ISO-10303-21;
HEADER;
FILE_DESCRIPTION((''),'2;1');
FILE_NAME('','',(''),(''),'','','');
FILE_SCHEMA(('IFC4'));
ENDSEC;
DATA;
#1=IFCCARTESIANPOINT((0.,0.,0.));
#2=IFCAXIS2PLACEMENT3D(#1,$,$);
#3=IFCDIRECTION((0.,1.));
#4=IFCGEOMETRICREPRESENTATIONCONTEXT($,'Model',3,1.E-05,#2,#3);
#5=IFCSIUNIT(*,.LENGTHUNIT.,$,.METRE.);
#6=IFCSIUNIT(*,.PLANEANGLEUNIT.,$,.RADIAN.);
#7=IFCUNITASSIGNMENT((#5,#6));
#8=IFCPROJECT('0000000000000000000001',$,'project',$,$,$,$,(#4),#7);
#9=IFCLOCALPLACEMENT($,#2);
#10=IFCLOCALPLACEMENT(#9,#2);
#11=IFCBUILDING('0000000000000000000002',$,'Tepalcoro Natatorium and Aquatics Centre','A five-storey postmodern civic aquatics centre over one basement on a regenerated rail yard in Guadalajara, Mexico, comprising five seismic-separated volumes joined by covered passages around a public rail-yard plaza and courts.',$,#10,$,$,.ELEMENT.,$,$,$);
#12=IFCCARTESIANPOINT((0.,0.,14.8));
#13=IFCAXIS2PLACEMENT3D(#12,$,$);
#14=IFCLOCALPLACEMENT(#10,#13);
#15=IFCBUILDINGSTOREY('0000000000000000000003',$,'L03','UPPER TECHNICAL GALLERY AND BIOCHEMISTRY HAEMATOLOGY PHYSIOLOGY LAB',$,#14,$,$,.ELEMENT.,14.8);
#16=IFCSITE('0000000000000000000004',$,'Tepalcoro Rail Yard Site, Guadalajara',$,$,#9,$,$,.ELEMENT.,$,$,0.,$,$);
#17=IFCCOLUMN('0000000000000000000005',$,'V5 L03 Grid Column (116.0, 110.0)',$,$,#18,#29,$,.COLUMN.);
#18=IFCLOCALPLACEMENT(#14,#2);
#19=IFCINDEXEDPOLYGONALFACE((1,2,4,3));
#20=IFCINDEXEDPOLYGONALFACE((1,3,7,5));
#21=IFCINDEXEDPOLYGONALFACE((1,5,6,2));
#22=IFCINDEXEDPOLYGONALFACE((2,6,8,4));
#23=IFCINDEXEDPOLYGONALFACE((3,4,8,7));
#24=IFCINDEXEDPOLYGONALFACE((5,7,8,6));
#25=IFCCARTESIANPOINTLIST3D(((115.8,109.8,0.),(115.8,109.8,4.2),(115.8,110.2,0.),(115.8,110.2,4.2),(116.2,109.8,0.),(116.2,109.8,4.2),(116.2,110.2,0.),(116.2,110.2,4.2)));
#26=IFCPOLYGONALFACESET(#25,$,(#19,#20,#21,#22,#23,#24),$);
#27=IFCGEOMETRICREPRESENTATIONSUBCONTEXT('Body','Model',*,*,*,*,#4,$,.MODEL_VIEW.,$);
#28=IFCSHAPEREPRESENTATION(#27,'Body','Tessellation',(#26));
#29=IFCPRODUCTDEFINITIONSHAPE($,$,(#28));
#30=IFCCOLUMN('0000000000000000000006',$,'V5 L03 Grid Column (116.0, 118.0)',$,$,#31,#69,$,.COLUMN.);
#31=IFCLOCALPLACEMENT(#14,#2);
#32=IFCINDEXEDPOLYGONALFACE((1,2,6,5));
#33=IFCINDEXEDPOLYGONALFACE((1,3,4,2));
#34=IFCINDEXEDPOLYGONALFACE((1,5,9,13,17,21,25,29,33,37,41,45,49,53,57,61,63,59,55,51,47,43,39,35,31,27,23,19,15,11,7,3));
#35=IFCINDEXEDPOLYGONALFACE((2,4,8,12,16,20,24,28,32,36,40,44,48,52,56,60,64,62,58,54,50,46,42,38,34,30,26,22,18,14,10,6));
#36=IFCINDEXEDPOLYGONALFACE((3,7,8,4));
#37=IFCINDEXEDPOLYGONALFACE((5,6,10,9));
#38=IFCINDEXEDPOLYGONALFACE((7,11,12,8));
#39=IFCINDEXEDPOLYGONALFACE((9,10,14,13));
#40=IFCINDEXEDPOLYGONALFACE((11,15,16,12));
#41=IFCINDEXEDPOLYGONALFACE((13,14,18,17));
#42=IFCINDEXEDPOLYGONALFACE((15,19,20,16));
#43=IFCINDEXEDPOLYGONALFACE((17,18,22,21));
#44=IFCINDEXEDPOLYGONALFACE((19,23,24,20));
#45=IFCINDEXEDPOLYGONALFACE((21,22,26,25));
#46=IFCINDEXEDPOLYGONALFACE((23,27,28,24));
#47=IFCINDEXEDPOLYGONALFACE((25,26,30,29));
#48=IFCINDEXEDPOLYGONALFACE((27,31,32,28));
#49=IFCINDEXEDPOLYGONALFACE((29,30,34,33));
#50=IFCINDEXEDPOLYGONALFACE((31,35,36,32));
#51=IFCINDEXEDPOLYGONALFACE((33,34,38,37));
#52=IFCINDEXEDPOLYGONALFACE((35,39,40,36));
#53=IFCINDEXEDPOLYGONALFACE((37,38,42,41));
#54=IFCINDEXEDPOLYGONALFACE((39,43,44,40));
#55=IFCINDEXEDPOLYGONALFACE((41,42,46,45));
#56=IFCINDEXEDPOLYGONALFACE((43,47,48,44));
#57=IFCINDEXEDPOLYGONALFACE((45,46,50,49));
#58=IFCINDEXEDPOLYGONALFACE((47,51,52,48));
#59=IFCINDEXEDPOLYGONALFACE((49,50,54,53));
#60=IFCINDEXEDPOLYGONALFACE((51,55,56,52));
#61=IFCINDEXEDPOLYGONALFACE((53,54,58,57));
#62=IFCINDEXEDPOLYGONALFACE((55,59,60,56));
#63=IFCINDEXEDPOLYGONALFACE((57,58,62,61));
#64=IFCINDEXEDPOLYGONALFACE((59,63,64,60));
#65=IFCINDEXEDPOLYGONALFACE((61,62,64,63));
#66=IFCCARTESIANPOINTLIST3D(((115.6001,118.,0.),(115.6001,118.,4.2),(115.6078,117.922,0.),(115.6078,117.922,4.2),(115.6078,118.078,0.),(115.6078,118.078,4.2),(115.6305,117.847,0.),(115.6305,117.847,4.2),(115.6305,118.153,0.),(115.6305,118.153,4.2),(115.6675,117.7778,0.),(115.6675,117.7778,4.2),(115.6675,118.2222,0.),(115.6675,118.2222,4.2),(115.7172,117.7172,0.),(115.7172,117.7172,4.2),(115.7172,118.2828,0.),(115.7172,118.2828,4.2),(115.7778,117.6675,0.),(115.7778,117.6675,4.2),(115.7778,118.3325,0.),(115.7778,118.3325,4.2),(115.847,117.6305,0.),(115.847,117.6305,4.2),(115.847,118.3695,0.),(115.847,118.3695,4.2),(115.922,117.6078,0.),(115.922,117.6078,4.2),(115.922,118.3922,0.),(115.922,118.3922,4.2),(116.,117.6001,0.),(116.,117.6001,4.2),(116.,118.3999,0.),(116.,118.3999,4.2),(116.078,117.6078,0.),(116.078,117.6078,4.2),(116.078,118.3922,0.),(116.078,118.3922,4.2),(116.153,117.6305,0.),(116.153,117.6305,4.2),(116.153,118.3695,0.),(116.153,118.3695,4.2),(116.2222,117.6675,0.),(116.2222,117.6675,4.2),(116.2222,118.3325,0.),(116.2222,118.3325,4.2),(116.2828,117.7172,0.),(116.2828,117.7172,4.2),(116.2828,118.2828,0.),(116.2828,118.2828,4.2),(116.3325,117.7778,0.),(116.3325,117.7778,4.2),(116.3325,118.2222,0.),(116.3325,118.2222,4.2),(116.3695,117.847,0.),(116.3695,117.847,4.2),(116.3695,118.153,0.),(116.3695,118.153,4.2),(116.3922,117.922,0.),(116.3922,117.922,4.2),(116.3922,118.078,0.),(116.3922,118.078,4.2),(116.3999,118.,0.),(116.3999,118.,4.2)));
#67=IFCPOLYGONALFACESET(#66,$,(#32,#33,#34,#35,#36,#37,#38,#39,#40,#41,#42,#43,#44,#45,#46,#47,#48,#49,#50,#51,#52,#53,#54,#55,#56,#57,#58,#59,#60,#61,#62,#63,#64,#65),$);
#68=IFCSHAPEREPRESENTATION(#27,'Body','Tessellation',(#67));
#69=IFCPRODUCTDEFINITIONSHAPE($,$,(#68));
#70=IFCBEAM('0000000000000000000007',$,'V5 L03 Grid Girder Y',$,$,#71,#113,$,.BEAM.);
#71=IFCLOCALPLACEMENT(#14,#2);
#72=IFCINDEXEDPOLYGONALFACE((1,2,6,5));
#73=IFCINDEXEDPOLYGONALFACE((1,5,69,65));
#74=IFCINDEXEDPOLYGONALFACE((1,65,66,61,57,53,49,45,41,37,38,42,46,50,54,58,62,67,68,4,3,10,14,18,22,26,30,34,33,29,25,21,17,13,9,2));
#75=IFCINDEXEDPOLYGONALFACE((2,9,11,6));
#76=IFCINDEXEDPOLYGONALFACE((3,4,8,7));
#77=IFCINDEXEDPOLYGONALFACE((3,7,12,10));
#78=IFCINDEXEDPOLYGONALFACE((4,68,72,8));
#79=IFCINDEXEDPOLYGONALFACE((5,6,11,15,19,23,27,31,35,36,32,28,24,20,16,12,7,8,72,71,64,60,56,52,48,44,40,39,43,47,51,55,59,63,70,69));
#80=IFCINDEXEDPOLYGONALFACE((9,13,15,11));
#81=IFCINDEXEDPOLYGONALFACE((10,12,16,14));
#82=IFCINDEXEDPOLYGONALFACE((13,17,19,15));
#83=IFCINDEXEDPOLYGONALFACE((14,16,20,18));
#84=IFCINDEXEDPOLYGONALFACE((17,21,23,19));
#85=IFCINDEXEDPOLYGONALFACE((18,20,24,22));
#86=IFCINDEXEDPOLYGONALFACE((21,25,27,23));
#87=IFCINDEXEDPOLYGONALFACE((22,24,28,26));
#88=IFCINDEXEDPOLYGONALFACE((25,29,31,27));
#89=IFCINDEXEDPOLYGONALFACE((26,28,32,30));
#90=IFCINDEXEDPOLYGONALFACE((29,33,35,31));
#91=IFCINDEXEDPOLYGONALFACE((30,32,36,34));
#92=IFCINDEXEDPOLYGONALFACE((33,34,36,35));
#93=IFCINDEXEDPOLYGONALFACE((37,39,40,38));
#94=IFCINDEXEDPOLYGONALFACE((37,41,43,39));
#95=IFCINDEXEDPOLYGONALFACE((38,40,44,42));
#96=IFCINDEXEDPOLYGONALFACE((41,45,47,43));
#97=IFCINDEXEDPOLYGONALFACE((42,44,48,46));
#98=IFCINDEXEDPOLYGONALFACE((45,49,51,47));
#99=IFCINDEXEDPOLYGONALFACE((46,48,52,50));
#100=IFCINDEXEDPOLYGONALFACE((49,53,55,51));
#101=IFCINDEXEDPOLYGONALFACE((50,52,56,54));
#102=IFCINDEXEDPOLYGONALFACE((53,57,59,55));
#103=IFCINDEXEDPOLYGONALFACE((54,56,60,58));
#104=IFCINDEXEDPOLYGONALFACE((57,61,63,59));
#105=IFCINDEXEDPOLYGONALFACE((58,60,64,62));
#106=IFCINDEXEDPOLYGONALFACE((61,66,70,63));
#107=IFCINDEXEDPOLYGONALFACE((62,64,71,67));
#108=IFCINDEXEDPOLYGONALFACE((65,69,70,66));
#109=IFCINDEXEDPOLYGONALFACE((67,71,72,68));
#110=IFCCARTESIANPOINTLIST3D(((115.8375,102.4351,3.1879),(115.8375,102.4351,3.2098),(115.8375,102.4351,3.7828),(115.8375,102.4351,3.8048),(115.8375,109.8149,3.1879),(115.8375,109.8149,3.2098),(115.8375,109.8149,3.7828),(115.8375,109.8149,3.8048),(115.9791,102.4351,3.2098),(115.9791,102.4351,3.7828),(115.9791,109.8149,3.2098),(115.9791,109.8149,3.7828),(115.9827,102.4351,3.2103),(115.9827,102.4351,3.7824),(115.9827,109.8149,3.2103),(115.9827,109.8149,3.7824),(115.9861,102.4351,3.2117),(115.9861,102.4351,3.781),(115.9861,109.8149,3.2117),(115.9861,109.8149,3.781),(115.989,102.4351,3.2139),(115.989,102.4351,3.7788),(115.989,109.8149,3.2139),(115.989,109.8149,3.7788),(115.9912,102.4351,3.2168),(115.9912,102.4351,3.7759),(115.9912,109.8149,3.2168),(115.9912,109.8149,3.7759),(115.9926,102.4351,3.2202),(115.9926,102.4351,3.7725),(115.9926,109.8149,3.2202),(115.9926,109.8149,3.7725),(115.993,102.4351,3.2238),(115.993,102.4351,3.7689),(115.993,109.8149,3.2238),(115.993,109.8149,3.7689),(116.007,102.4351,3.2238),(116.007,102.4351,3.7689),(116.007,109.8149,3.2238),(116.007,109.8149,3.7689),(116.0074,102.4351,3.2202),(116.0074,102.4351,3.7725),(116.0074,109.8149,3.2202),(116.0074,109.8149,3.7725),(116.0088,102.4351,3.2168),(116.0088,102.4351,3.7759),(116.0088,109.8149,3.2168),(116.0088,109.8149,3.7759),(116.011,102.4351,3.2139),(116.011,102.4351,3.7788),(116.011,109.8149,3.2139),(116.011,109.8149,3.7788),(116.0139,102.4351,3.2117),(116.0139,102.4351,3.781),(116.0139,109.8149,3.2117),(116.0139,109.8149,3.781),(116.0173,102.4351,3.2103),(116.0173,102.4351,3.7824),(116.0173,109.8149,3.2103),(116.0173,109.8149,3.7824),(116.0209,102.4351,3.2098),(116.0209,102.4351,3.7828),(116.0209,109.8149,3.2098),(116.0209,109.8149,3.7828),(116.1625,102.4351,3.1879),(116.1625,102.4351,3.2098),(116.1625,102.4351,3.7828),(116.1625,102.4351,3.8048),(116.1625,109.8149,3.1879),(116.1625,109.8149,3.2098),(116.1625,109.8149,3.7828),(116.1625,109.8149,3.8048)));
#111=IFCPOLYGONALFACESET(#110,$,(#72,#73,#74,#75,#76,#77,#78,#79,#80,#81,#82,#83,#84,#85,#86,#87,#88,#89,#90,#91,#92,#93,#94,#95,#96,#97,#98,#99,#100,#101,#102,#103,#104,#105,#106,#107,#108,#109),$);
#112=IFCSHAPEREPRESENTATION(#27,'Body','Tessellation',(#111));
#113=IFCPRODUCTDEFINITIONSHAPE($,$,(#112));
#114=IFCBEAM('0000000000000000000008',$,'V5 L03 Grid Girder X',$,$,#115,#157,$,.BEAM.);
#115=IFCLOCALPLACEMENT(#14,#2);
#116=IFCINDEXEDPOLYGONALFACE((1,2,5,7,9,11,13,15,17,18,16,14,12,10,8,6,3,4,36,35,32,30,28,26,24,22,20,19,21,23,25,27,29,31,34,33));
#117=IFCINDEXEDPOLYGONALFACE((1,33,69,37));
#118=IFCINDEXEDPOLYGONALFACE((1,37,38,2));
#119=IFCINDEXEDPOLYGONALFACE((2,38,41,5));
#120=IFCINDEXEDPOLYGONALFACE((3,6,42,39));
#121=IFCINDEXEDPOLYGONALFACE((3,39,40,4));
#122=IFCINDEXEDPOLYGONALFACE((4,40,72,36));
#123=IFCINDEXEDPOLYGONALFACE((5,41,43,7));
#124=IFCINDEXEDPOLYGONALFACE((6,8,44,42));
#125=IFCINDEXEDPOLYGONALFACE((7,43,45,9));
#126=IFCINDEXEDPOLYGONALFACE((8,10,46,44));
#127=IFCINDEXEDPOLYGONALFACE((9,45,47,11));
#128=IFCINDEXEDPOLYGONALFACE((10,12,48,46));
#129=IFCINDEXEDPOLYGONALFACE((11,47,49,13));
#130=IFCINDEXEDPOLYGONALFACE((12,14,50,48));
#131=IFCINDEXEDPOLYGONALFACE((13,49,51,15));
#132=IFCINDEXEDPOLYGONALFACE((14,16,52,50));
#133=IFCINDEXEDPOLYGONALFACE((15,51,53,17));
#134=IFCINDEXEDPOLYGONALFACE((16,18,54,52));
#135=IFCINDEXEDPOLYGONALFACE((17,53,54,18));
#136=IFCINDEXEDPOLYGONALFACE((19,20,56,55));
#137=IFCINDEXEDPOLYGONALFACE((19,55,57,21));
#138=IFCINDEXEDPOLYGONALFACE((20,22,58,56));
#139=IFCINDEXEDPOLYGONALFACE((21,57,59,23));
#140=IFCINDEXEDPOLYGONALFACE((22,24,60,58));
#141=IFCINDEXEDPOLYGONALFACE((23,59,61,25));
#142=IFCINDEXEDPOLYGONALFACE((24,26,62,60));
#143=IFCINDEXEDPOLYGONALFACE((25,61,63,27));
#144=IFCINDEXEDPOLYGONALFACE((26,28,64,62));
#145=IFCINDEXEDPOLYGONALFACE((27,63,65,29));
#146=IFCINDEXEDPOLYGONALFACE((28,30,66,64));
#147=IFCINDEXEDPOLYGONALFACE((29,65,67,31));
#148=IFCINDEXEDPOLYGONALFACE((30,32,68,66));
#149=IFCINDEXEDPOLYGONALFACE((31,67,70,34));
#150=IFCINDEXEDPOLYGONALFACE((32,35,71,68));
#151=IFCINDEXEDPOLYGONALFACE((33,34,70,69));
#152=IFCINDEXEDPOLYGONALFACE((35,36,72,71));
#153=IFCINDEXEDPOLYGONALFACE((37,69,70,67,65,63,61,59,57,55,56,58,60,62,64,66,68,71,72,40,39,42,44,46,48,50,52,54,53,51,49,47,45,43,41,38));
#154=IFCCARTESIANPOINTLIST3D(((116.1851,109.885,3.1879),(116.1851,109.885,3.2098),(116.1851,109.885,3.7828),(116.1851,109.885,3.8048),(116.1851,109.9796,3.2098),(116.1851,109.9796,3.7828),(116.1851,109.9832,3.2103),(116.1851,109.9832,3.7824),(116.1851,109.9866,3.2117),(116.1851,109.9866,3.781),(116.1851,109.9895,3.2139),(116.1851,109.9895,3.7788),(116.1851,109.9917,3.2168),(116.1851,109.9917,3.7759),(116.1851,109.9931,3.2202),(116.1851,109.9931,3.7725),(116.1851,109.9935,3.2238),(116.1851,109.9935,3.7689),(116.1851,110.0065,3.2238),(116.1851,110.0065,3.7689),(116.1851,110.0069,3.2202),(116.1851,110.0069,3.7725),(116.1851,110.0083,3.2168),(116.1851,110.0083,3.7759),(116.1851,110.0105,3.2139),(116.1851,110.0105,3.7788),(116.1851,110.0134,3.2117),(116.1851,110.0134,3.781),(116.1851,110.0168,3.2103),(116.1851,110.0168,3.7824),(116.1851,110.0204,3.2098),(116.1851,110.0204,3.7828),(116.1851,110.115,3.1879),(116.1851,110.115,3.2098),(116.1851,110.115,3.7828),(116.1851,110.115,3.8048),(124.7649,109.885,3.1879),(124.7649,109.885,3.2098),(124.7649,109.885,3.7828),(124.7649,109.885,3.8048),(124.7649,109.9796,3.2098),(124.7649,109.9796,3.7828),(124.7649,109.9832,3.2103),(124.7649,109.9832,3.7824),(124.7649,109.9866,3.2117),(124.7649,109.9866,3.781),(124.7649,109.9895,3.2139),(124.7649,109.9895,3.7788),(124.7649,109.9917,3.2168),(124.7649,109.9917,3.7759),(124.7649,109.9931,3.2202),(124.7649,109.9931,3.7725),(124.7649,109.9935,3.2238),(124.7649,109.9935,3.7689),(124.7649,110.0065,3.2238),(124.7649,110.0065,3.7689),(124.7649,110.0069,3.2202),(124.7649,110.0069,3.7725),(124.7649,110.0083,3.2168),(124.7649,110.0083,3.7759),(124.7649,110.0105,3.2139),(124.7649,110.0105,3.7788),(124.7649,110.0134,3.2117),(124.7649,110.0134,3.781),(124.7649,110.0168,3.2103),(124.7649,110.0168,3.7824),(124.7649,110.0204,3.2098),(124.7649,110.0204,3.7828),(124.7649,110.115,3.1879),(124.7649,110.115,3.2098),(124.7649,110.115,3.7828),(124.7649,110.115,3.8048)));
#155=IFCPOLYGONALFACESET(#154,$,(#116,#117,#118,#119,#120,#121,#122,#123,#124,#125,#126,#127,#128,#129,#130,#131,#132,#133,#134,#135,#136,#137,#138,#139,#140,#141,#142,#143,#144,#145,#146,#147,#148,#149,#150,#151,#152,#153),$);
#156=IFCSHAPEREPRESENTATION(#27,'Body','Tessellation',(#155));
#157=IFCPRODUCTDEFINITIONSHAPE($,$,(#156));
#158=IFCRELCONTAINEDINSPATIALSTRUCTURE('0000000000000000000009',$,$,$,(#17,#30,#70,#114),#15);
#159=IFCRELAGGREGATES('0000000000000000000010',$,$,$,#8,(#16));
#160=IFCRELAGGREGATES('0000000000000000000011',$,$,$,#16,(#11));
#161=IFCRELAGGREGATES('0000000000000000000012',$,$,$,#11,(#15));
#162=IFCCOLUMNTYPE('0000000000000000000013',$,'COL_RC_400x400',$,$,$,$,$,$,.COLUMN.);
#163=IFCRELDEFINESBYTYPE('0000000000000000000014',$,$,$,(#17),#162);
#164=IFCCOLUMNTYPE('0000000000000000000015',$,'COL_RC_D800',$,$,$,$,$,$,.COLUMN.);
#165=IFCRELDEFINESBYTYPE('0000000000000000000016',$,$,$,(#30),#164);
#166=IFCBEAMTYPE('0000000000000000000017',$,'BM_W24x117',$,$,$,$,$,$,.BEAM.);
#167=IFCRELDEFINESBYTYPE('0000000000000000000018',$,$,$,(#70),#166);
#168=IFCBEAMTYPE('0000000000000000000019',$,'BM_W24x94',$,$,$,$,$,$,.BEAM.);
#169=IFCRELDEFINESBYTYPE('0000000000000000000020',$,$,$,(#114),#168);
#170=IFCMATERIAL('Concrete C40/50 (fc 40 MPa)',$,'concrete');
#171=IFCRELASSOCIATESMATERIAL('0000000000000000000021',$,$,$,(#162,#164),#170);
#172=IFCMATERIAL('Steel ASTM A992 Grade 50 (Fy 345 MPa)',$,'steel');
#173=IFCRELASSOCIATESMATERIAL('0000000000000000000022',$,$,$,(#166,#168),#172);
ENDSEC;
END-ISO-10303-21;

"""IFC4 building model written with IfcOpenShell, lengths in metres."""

from ifc_helpers import new_model, si_unit, direction, frame, origin, origin_2d, place, context, subcontext, project, spatial, rectangle, circle, i_section, extrude, material, material_profile, profile_set, type_object, element, save


model = new_model("IFC4")

# Units and contexts
model_context = context("Model", 3, precision=1e-05, world=origin(), true_north=direction((0.0, 1.0)))
body_context = subcontext(model_context, "Body", "Model", "MODEL_VIEW")
ifc_project = project(units=[si_unit("LENGTHUNIT", "METRE"), si_unit("PLANEANGLEUNIT", "RADIAN")], contexts=[model_context])

# Site, building, storey
site_placement = place(None, origin())
site = spatial("IfcSite", under=ifc_project, at=site_placement, Name="Tepalcoro Rail Yard Site, Guadalajara", CompositionType="ELEMENT", RefElevation=0.0)
building_placement = place(site_placement, origin())
building = spatial("IfcBuilding", under=site, at=building_placement, Name="Tepalcoro Natatorium and Aquatics Centre", Description="A five-storey postmodern civic aquatics centre over one basement on a regenerated rail yard in Guadalajara, Mexico, comprising five seismic-separated volumes joined by covered passages around a public rail-yard plaza and courts.", CompositionType="ELEMENT")
storey_placement = place(building_placement, frame((0.0, 0.0, 14.8)))
storey = spatial("IfcBuildingStorey", under=building, at=storey_placement, Name="L03", Description="UPPER TECHNICAL GALLERY AND BIOCHEMISTRY HAEMATOLOGY PHYSIOLOGY LAB", CompositionType="ELEMENT", Elevation=14.8)

# Columns
ifc_material_1 = material(Name="Concrete C40/50 (fc 40 MPa)", Category="concrete")
ifc_material_profile_1 = material_profile(ifc_material_1, rectangle(XDim=0.3999, YDim=0.3999, at=origin_2d()), Name="RC400x400")
ifc_profile_set_1 = profile_set([ifc_material_profile_1], Name="Concrete C40/50 (fc 40 MPa)")
column_type_1 = type_object("IfcColumnType", Name="COL_RC_400x400", PredefinedType="COLUMN", material=ifc_profile_set_1)
column_1_placement = place(storey_placement, frame((116.0, 110.0, 0.0), z_axis=(0.0, 0.0, 1.0), x_axis=(1.0, 0.0, 0.0)))
element("IfcColumn", 1, at=column_1_placement, inside=storey, type_object=column_type_1, Name="V5 L03 Grid Column (116.0, 110.0)", PredefinedType="COLUMN", context=body_context, shape_type="SweptSolid", body=[
    extrude(rectangle(XDim=0.3999, YDim=0.3999, at=origin_2d()), origin(), (0.0, 0.0, 1.0), 4.2),
])
ifc_material_profile_2 = material_profile(ifc_material_1, circle(Radius=0.3999, at=origin_2d()), Name="RCD800")
ifc_profile_set_2 = profile_set([ifc_material_profile_2], Name="Concrete C40/50 (fc 40 MPa)")
column_type_2 = type_object("IfcColumnType", Name="COL_RC_D800", PredefinedType="COLUMN", material=ifc_profile_set_2)
column_2_placement = place(storey_placement, frame((116.0, 118.0, 0.0), z_axis=(0.0, 0.0, 1.0), x_axis=(1.0, 0.0, 0.0)))
element("IfcColumn", 2, at=column_2_placement, inside=storey, type_object=column_type_2, Name="V5 L03 Grid Column (116.0, 118.0)", PredefinedType="COLUMN", context=body_context, shape_type="SweptSolid", body=[
    extrude(circle(Radius=0.3999, at=origin_2d()), origin(), (0.0, 0.0, 1.0), 4.2),
])

# Beams
ifc_material_2 = material(Name="Steel ASTM A992 Grade 50 (Fy 345 MPa)", Category="steel")
ifc_material_profile_3 = material_profile(ifc_material_2, i_section(OverallWidth=0.325, OverallDepth=0.6169, WebThickness=0.0139, FlangeThickness=0.022, FilletRadius=0.0139, at=origin_2d()), Name="W24X117")
ifc_profile_set_3 = profile_set([ifc_material_profile_3], Name="Steel ASTM A992 Grade 50 (Fy 345 MPa)")
beam_type_1 = type_object("IfcBeamType", Name="BM_W24x117", PredefinedType="BEAM", material=ifc_profile_set_3)
beam_1_placement = place(storey_placement, frame((116.0, 102.4351, 3.4963), z_axis=(0.0, 1.0, 0.0), x_axis=(-1.0, 0.0, 0.0)))
element("IfcBeam", 3, at=beam_1_placement, inside=storey, type_object=beam_type_1, Name="V5 L03 Grid Girder Y", PredefinedType="BEAM", context=body_context, shape_type="SweptSolid", body=[
    extrude(i_section(OverallWidth=0.325, OverallDepth=0.6169, WebThickness=0.0139, FlangeThickness=0.022, FilletRadius=0.0139, at=origin_2d()), origin(), (0.0, 0.0, 1.0), 7.3799),
])
ifc_material_profile_4 = material_profile(ifc_material_2, i_section(OverallWidth=0.23, OverallDepth=0.6169, WebThickness=0.0129, FlangeThickness=0.022, FilletRadius=0.0139, at=origin_2d()), Name="W24X94")
ifc_profile_set_4 = profile_set([ifc_material_profile_4], Name="Steel ASTM A992 Grade 50 (Fy 345 MPa)")
beam_type_2 = type_object("IfcBeamType", Name="BM_W24x94", PredefinedType="BEAM", material=ifc_profile_set_4)
beam_2_placement = place(storey_placement, frame((116.1851, 110.0, 3.4963), z_axis=(1.0, 0.0, 0.0), x_axis=(0.0, 1.0, 0.0)))
element("IfcBeam", 4, at=beam_2_placement, inside=storey, type_object=beam_type_2, Name="V5 L03 Grid Girder X", PredefinedType="BEAM", context=body_context, shape_type="SweptSolid", body=[
    extrude(i_section(OverallWidth=0.23, OverallDepth=0.6169, WebThickness=0.0129, FlangeThickness=0.022, FilletRadius=0.0139, at=origin_2d()), origin(), (0.0, 0.0, 1.0), 8.5798),
])

save(model, "model.ifc")
